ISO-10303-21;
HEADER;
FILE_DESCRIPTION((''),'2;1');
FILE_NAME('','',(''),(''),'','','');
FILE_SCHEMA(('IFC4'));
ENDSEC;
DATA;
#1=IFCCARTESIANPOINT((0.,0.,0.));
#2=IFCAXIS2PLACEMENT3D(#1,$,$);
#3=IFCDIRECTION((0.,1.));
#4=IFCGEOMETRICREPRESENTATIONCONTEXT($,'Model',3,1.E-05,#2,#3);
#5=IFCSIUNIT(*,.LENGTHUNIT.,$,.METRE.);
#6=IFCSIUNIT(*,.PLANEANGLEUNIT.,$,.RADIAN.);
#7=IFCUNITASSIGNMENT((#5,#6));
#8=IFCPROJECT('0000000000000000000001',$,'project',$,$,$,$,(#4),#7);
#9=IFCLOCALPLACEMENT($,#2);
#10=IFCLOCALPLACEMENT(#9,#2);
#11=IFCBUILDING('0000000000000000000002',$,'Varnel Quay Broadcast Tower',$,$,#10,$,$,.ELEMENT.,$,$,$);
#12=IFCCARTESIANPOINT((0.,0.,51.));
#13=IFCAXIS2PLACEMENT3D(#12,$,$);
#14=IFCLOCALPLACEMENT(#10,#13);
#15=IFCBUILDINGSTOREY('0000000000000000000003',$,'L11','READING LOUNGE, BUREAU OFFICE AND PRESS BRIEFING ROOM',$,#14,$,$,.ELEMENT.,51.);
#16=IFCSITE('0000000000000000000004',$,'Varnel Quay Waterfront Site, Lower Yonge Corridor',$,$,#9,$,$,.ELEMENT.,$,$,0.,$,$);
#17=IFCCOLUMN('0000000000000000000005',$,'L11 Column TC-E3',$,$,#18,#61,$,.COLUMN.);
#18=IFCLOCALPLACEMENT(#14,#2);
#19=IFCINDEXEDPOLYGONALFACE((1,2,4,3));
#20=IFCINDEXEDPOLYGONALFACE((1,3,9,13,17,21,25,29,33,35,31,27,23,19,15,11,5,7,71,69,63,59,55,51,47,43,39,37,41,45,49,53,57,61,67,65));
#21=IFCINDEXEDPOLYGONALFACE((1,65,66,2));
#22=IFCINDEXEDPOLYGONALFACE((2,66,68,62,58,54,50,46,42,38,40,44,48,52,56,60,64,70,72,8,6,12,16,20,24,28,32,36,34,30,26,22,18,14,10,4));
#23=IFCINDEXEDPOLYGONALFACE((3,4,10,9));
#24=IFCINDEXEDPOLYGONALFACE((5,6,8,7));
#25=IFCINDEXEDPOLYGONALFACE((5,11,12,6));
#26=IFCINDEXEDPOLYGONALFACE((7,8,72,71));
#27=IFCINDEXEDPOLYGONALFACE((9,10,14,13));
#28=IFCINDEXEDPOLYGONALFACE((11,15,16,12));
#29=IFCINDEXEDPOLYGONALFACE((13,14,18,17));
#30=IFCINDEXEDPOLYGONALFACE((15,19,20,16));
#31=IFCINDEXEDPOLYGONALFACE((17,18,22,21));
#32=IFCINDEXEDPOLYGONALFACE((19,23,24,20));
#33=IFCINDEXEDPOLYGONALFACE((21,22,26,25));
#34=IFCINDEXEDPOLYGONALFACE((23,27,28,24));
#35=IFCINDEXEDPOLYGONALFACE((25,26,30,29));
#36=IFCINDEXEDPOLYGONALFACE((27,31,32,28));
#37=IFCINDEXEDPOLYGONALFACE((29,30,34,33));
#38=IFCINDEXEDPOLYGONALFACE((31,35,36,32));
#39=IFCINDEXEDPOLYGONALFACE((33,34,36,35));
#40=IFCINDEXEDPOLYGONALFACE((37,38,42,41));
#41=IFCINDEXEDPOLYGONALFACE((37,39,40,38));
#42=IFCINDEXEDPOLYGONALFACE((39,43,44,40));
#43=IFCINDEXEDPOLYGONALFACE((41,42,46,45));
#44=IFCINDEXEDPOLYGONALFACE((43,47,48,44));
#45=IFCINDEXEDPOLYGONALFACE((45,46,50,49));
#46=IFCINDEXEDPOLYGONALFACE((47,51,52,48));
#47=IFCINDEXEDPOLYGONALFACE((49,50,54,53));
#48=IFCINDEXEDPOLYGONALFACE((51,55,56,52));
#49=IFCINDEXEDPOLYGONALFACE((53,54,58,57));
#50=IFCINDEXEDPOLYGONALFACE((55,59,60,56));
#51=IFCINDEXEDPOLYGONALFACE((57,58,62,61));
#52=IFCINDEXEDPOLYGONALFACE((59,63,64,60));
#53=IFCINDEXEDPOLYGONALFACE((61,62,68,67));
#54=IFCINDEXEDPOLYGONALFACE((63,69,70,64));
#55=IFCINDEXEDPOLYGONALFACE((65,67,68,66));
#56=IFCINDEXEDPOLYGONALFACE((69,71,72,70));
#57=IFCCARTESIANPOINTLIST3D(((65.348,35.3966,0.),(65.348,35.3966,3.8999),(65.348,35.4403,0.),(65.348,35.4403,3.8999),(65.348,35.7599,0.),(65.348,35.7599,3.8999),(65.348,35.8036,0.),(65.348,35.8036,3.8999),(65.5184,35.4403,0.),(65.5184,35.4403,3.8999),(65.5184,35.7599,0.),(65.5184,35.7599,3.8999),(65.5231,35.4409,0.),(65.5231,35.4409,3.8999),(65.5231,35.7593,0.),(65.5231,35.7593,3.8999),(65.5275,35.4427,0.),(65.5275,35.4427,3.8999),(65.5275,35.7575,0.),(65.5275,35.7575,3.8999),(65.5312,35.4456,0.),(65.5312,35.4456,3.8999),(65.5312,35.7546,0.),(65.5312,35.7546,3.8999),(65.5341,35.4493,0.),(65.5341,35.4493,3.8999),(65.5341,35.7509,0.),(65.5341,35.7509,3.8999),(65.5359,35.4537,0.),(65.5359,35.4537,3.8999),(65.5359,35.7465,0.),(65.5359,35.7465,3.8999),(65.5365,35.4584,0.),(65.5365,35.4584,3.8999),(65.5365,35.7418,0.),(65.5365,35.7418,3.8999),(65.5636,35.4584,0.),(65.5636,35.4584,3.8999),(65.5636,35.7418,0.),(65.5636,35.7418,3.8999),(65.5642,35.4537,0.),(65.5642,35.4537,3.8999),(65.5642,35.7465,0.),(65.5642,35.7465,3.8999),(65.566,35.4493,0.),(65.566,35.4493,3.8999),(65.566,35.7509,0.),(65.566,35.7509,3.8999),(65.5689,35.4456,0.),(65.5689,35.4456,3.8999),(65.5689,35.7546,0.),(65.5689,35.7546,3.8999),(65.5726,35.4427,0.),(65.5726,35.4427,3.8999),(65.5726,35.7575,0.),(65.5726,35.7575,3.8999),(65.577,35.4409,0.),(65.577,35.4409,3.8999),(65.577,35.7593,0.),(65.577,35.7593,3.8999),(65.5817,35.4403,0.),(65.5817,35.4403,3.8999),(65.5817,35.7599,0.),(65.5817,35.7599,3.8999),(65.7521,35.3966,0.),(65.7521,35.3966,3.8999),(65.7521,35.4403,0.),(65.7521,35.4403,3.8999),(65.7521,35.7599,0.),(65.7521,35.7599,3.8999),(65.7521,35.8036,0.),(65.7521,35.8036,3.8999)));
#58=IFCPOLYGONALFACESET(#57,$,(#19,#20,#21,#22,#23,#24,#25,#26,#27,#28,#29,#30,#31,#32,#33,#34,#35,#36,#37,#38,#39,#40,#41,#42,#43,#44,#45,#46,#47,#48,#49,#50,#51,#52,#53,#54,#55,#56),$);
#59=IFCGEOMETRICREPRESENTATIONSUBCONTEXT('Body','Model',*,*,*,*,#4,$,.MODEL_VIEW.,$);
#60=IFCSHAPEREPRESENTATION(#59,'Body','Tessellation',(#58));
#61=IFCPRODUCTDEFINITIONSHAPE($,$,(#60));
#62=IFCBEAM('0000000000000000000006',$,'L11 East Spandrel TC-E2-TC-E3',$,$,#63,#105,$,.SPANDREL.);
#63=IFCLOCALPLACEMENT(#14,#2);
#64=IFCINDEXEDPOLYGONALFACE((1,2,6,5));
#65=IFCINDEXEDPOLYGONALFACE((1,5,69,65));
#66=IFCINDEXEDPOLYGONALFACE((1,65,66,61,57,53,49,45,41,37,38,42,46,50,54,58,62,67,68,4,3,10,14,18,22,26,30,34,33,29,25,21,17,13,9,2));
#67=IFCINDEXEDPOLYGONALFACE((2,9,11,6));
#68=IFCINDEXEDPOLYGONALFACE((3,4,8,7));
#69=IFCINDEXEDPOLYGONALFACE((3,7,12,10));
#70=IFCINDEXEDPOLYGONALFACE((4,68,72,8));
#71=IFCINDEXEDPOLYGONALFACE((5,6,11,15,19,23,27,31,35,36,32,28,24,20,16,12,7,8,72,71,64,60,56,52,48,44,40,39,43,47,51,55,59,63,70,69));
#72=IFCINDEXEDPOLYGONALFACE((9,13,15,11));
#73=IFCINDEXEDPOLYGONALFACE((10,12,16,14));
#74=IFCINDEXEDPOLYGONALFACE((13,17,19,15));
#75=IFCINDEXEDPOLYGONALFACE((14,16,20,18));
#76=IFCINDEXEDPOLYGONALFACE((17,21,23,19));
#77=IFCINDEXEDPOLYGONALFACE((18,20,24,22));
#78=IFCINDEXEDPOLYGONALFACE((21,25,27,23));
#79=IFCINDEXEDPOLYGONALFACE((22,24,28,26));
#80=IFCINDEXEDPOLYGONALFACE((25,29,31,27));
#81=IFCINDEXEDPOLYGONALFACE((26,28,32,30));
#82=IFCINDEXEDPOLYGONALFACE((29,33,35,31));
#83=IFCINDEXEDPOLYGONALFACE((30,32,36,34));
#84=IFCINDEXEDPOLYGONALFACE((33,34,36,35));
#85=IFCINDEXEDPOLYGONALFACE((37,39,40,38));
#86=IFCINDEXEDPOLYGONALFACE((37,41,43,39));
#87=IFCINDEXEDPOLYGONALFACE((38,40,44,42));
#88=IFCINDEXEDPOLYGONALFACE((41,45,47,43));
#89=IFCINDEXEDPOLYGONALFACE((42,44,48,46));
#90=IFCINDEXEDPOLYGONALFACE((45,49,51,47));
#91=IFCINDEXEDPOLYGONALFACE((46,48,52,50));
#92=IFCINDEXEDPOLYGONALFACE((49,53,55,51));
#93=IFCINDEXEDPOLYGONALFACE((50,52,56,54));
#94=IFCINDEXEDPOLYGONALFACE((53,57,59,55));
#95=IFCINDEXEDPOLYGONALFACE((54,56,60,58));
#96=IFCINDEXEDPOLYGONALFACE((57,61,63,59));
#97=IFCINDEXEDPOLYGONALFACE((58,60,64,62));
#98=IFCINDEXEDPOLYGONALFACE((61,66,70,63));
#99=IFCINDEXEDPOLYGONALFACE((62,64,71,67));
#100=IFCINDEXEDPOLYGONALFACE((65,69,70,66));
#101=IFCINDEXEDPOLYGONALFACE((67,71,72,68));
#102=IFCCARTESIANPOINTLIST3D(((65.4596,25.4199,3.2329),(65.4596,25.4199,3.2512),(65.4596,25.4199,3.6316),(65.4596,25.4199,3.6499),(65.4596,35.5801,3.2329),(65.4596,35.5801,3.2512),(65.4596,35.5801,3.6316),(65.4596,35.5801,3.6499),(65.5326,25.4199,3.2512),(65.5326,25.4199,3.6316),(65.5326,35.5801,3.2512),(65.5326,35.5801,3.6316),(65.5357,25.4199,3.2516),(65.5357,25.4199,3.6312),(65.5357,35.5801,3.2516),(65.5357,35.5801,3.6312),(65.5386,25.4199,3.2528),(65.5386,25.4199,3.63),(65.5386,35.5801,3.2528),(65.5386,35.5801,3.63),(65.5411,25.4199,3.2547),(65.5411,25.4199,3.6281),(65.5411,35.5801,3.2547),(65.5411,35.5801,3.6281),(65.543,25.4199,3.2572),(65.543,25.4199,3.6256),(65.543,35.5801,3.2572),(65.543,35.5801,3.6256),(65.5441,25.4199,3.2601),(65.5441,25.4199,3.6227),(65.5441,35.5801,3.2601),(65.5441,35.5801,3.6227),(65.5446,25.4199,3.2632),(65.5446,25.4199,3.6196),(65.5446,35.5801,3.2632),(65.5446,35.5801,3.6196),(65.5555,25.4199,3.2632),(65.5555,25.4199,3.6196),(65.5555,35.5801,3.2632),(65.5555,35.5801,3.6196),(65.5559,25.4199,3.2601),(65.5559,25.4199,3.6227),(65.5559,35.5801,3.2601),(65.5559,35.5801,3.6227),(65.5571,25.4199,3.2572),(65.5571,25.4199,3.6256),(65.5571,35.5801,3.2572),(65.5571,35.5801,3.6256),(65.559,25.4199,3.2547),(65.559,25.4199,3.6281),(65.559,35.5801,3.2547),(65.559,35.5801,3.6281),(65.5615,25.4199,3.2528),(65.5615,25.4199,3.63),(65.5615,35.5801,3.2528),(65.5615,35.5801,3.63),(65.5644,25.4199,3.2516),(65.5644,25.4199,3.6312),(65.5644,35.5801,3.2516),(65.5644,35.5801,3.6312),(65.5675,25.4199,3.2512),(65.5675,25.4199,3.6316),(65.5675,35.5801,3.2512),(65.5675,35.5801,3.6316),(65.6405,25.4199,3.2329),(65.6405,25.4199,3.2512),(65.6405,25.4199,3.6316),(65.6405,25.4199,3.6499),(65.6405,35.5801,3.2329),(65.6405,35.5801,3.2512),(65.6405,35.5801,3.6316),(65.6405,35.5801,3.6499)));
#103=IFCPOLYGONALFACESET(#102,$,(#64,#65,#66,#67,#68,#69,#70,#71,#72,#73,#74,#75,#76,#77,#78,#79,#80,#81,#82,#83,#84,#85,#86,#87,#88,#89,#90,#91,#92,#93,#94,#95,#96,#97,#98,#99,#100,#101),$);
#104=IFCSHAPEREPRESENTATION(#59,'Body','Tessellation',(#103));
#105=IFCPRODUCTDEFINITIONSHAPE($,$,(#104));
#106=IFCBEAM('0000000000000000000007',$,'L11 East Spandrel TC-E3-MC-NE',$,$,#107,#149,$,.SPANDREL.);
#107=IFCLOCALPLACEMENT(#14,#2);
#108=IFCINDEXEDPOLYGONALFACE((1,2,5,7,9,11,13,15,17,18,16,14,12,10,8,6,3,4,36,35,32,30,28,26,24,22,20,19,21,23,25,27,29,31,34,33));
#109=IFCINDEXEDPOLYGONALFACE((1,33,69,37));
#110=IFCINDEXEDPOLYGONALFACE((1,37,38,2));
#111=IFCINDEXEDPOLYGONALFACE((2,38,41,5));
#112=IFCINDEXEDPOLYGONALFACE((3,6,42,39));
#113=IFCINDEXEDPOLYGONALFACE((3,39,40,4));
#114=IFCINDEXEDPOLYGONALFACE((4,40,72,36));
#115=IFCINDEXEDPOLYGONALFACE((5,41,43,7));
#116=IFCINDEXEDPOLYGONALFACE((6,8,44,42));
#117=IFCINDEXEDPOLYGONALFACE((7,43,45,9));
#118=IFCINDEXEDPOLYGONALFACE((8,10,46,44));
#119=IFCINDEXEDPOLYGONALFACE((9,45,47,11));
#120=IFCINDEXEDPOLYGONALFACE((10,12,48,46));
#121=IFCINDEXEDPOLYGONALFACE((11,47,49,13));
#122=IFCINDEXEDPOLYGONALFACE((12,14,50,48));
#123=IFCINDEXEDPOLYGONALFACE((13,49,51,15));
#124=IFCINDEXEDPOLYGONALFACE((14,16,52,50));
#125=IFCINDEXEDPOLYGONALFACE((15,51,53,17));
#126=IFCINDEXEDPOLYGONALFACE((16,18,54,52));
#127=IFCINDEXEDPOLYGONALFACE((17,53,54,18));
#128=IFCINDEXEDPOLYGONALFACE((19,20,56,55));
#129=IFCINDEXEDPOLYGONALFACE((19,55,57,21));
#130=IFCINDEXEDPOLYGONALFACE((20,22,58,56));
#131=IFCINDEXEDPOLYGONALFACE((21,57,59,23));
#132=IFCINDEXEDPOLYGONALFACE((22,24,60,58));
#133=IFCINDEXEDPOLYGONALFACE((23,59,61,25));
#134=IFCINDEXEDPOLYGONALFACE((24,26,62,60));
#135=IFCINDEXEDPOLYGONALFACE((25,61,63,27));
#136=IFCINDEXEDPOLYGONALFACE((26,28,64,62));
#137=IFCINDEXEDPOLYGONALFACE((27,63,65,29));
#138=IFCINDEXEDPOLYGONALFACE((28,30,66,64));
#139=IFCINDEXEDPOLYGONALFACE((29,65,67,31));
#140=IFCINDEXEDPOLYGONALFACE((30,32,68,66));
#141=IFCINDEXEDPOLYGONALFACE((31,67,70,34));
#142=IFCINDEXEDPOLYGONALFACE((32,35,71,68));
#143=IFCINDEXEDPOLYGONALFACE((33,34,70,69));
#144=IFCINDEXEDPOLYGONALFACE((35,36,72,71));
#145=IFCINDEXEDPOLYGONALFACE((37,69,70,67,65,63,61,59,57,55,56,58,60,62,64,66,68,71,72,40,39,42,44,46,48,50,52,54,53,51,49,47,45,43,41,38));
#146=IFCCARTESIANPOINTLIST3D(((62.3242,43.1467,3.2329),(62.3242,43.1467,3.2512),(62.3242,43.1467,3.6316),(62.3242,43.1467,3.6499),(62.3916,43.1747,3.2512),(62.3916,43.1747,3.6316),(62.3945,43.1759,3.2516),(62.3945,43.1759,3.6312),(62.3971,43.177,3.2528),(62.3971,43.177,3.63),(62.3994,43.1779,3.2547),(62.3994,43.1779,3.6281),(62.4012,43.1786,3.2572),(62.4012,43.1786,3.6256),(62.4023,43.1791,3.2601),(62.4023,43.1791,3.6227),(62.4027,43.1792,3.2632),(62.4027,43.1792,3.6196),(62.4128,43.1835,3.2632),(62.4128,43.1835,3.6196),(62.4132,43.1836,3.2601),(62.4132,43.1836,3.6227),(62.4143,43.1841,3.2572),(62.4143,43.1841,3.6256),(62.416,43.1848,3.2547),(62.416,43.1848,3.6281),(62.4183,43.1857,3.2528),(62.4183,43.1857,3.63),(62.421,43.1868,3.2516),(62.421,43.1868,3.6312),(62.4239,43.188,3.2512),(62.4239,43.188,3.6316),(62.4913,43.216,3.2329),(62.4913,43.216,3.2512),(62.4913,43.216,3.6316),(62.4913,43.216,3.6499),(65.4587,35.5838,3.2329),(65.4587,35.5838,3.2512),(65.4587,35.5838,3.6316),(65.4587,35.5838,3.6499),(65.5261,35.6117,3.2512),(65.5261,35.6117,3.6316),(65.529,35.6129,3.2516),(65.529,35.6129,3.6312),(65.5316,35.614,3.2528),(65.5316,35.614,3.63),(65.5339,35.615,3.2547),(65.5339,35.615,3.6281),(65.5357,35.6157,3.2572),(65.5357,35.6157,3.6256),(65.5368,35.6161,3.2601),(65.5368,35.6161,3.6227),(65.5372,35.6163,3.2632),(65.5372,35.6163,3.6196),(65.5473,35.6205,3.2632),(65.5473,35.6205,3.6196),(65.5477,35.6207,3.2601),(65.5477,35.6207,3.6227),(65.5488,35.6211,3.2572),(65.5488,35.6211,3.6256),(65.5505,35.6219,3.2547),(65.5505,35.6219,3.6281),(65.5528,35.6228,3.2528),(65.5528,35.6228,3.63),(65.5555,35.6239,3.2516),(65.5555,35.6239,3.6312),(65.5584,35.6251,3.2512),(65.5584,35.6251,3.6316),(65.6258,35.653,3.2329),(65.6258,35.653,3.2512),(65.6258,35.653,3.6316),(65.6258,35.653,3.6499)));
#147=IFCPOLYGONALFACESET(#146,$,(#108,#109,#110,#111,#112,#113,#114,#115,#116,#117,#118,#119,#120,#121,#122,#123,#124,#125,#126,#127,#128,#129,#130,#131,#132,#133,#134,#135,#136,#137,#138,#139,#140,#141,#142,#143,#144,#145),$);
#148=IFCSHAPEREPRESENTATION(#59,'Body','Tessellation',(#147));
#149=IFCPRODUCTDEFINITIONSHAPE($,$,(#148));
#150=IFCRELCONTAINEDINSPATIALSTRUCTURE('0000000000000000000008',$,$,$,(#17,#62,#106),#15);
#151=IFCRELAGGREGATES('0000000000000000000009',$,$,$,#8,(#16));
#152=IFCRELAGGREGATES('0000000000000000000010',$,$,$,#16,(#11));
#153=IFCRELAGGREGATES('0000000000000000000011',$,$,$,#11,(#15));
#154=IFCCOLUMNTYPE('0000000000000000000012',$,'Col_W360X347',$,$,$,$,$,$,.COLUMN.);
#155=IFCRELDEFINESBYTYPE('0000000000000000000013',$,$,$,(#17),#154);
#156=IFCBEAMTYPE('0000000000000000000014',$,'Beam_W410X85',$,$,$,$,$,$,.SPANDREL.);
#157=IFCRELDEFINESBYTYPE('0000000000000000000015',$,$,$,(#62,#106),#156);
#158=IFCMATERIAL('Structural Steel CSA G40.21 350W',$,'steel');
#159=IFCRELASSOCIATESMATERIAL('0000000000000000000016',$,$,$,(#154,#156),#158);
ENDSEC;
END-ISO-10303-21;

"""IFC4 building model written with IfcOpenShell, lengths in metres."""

from ifc_helpers import new_model, si_unit, direction, frame, origin, origin_2d, place, context, subcontext, project, spatial, i_section, extrude, source, transform, mapped, material, material_profile, profile_set, type_object, type_shapes, element, save


model = new_model("IFC4")

# Units and contexts
model_context = context("Model", 3, precision=1e-05, world=origin(), true_north=direction((0.0, 1.0)))
body_context = subcontext(model_context, "Body", "Model", "MODEL_VIEW")
ifc_project = project(units=[si_unit("LENGTHUNIT", "METRE"), si_unit("PLANEANGLEUNIT", "RADIAN")], contexts=[model_context])

# Site, building, storey
site_placement = place(None, origin())
site = spatial("IfcSite", under=ifc_project, at=site_placement, Name="Varnel Quay Waterfront Site, Lower Yonge Corridor", CompositionType="ELEMENT", RefElevation=0.0)
building_placement = place(site_placement, origin())
building = spatial("IfcBuilding", under=site, at=building_placement, Name="Varnel Quay Broadcast Tower", CompositionType="ELEMENT")
storey_placement = place(building_placement, frame((0.0, 0.0, 51.0)))
storey = spatial("IfcBuildingStorey", under=building, at=storey_placement, Name="L11", Description="READING LOUNGE, BUREAU OFFICE AND PRESS BRIEFING ROOM", CompositionType="ELEMENT", Elevation=51.0)

# Column
ifc_material_1 = material(Name="Structural Steel CSA G40.21 350W", Category="steel")
ifc_material_profile_1 = material_profile(ifc_material_1, i_section(OverallWidth=0.4041, OverallDepth=0.407, WebThickness=0.0271, FlangeThickness=0.0437, FilletRadius=0.0181, at=origin_2d()), Name="W360X347")
ifc_profile_set_1 = profile_set([ifc_material_profile_1], Name="Structural Steel CSA G40.21 350W")
column_type_1 = type_object("IfcColumnType", Name="Col_W360X347", PredefinedType="COLUMN", material=ifc_profile_set_1)
shared_shape_1 = source(origin(), body_context, "Body", "SweptSolid", [
    extrude(i_section(OverallWidth=0.4041, OverallDepth=0.407, WebThickness=0.0271, FlangeThickness=0.0437, FilletRadius=0.0181, at=origin_2d()), origin(), (0.0, 0.0, 1.0), 3.8999),
])
type_shapes(column_type_1, [shared_shape_1])
for number, where, z_axis, x_axis, name in (
    (1, (65.55, 35.6001, 0.0), (0.0, 0.0, 1.0), (1.0, 0.0, 0.0), "L11 Column TC-E3"),
):
    element("IfcColumn", number, at=place(storey_placement, frame(where, z_axis=z_axis, x_axis=x_axis)), inside=storey, type_object=column_type_1, Name=name, PredefinedType="COLUMN", context=body_context, shape_type="MappedRepresentation", body=[
        mapped(shared_shape_1, transform((0.0, 0.0, 0.0), x_axis=(1.0, 0.0, 0.0), y_axis=(0.0, 1.0, 0.0), z_axis=(0.0, 0.0, 1.0), scale=1.0)),
    ])

# Beams
ifc_material_profile_2 = material_profile(ifc_material_1, i_section(OverallWidth=0.1809, OverallDepth=0.417, WebThickness=0.011, FlangeThickness=0.0183, FilletRadius=0.012, at=origin_2d()), Name="W410X85")
ifc_profile_set_2 = profile_set([ifc_material_profile_2], Name="Structural Steel CSA G40.21 350W")
beam_type_1 = type_object("IfcBeamType", Name="Beam_W410X85", PredefinedType="SPANDREL", material=ifc_profile_set_2)
shared_shape_2 = source(origin(), body_context, "Body", "SweptSolid", [
    extrude(i_section(OverallWidth=0.1809, OverallDepth=0.417, WebThickness=0.011, FlangeThickness=0.0183, FilletRadius=0.012, at=origin_2d()), origin(), (0.0, 0.0, 1.0), 10.1602),
])
beam_1_placement = place(storey_placement, frame((65.55, 25.4199, 3.4414), z_axis=(0.0, 1.0, 0.0), x_axis=(-1.0, 0.0, 0.0)))
element("IfcBeam", 2, at=beam_1_placement, inside=storey, type_object=beam_type_1, Name="L11 East Spandrel TC-E2-TC-E3", PredefinedType="SPANDREL", context=body_context, shape_type="MappedRepresentation", body=[
    mapped(shared_shape_2, transform((0.0, 0.0, 0.0), x_axis=(1.0, 0.0, 0.0), y_axis=(0.0, 1.0, 0.0), z_axis=(0.0, 0.0, 1.0), scale=1.0)),
])
shared_shape_3 = source(origin(), body_context, "Body", "SweptSolid", [
    extrude(i_section(OverallWidth=0.1809, OverallDepth=0.417, WebThickness=0.011, FlangeThickness=0.0183, FilletRadius=0.012, at=origin_2d()), origin(), (0.0, 0.0, 1.0), 8.1868),
])
beam_2_placement = place(storey_placement, frame((65.5422, 35.6184, 3.4414), z_axis=(-0.382874, 0.923801, 0.0), x_axis=(-0.923801, -0.382874, 0.0)))
element("IfcBeam", 3, at=beam_2_placement, inside=storey, type_object=beam_type_1, Name="L11 East Spandrel TC-E3-MC-NE", PredefinedType="SPANDREL", context=body_context, shape_type="MappedRepresentation", body=[
    mapped(shared_shape_3, transform((0.0, 0.0, 0.0), x_axis=(1.0, 0.0, 0.0), y_axis=(0.0, 1.0, 0.0), z_axis=(0.0, 0.0, 1.0), scale=1.0)),
])

save(model, "model.ifc")
